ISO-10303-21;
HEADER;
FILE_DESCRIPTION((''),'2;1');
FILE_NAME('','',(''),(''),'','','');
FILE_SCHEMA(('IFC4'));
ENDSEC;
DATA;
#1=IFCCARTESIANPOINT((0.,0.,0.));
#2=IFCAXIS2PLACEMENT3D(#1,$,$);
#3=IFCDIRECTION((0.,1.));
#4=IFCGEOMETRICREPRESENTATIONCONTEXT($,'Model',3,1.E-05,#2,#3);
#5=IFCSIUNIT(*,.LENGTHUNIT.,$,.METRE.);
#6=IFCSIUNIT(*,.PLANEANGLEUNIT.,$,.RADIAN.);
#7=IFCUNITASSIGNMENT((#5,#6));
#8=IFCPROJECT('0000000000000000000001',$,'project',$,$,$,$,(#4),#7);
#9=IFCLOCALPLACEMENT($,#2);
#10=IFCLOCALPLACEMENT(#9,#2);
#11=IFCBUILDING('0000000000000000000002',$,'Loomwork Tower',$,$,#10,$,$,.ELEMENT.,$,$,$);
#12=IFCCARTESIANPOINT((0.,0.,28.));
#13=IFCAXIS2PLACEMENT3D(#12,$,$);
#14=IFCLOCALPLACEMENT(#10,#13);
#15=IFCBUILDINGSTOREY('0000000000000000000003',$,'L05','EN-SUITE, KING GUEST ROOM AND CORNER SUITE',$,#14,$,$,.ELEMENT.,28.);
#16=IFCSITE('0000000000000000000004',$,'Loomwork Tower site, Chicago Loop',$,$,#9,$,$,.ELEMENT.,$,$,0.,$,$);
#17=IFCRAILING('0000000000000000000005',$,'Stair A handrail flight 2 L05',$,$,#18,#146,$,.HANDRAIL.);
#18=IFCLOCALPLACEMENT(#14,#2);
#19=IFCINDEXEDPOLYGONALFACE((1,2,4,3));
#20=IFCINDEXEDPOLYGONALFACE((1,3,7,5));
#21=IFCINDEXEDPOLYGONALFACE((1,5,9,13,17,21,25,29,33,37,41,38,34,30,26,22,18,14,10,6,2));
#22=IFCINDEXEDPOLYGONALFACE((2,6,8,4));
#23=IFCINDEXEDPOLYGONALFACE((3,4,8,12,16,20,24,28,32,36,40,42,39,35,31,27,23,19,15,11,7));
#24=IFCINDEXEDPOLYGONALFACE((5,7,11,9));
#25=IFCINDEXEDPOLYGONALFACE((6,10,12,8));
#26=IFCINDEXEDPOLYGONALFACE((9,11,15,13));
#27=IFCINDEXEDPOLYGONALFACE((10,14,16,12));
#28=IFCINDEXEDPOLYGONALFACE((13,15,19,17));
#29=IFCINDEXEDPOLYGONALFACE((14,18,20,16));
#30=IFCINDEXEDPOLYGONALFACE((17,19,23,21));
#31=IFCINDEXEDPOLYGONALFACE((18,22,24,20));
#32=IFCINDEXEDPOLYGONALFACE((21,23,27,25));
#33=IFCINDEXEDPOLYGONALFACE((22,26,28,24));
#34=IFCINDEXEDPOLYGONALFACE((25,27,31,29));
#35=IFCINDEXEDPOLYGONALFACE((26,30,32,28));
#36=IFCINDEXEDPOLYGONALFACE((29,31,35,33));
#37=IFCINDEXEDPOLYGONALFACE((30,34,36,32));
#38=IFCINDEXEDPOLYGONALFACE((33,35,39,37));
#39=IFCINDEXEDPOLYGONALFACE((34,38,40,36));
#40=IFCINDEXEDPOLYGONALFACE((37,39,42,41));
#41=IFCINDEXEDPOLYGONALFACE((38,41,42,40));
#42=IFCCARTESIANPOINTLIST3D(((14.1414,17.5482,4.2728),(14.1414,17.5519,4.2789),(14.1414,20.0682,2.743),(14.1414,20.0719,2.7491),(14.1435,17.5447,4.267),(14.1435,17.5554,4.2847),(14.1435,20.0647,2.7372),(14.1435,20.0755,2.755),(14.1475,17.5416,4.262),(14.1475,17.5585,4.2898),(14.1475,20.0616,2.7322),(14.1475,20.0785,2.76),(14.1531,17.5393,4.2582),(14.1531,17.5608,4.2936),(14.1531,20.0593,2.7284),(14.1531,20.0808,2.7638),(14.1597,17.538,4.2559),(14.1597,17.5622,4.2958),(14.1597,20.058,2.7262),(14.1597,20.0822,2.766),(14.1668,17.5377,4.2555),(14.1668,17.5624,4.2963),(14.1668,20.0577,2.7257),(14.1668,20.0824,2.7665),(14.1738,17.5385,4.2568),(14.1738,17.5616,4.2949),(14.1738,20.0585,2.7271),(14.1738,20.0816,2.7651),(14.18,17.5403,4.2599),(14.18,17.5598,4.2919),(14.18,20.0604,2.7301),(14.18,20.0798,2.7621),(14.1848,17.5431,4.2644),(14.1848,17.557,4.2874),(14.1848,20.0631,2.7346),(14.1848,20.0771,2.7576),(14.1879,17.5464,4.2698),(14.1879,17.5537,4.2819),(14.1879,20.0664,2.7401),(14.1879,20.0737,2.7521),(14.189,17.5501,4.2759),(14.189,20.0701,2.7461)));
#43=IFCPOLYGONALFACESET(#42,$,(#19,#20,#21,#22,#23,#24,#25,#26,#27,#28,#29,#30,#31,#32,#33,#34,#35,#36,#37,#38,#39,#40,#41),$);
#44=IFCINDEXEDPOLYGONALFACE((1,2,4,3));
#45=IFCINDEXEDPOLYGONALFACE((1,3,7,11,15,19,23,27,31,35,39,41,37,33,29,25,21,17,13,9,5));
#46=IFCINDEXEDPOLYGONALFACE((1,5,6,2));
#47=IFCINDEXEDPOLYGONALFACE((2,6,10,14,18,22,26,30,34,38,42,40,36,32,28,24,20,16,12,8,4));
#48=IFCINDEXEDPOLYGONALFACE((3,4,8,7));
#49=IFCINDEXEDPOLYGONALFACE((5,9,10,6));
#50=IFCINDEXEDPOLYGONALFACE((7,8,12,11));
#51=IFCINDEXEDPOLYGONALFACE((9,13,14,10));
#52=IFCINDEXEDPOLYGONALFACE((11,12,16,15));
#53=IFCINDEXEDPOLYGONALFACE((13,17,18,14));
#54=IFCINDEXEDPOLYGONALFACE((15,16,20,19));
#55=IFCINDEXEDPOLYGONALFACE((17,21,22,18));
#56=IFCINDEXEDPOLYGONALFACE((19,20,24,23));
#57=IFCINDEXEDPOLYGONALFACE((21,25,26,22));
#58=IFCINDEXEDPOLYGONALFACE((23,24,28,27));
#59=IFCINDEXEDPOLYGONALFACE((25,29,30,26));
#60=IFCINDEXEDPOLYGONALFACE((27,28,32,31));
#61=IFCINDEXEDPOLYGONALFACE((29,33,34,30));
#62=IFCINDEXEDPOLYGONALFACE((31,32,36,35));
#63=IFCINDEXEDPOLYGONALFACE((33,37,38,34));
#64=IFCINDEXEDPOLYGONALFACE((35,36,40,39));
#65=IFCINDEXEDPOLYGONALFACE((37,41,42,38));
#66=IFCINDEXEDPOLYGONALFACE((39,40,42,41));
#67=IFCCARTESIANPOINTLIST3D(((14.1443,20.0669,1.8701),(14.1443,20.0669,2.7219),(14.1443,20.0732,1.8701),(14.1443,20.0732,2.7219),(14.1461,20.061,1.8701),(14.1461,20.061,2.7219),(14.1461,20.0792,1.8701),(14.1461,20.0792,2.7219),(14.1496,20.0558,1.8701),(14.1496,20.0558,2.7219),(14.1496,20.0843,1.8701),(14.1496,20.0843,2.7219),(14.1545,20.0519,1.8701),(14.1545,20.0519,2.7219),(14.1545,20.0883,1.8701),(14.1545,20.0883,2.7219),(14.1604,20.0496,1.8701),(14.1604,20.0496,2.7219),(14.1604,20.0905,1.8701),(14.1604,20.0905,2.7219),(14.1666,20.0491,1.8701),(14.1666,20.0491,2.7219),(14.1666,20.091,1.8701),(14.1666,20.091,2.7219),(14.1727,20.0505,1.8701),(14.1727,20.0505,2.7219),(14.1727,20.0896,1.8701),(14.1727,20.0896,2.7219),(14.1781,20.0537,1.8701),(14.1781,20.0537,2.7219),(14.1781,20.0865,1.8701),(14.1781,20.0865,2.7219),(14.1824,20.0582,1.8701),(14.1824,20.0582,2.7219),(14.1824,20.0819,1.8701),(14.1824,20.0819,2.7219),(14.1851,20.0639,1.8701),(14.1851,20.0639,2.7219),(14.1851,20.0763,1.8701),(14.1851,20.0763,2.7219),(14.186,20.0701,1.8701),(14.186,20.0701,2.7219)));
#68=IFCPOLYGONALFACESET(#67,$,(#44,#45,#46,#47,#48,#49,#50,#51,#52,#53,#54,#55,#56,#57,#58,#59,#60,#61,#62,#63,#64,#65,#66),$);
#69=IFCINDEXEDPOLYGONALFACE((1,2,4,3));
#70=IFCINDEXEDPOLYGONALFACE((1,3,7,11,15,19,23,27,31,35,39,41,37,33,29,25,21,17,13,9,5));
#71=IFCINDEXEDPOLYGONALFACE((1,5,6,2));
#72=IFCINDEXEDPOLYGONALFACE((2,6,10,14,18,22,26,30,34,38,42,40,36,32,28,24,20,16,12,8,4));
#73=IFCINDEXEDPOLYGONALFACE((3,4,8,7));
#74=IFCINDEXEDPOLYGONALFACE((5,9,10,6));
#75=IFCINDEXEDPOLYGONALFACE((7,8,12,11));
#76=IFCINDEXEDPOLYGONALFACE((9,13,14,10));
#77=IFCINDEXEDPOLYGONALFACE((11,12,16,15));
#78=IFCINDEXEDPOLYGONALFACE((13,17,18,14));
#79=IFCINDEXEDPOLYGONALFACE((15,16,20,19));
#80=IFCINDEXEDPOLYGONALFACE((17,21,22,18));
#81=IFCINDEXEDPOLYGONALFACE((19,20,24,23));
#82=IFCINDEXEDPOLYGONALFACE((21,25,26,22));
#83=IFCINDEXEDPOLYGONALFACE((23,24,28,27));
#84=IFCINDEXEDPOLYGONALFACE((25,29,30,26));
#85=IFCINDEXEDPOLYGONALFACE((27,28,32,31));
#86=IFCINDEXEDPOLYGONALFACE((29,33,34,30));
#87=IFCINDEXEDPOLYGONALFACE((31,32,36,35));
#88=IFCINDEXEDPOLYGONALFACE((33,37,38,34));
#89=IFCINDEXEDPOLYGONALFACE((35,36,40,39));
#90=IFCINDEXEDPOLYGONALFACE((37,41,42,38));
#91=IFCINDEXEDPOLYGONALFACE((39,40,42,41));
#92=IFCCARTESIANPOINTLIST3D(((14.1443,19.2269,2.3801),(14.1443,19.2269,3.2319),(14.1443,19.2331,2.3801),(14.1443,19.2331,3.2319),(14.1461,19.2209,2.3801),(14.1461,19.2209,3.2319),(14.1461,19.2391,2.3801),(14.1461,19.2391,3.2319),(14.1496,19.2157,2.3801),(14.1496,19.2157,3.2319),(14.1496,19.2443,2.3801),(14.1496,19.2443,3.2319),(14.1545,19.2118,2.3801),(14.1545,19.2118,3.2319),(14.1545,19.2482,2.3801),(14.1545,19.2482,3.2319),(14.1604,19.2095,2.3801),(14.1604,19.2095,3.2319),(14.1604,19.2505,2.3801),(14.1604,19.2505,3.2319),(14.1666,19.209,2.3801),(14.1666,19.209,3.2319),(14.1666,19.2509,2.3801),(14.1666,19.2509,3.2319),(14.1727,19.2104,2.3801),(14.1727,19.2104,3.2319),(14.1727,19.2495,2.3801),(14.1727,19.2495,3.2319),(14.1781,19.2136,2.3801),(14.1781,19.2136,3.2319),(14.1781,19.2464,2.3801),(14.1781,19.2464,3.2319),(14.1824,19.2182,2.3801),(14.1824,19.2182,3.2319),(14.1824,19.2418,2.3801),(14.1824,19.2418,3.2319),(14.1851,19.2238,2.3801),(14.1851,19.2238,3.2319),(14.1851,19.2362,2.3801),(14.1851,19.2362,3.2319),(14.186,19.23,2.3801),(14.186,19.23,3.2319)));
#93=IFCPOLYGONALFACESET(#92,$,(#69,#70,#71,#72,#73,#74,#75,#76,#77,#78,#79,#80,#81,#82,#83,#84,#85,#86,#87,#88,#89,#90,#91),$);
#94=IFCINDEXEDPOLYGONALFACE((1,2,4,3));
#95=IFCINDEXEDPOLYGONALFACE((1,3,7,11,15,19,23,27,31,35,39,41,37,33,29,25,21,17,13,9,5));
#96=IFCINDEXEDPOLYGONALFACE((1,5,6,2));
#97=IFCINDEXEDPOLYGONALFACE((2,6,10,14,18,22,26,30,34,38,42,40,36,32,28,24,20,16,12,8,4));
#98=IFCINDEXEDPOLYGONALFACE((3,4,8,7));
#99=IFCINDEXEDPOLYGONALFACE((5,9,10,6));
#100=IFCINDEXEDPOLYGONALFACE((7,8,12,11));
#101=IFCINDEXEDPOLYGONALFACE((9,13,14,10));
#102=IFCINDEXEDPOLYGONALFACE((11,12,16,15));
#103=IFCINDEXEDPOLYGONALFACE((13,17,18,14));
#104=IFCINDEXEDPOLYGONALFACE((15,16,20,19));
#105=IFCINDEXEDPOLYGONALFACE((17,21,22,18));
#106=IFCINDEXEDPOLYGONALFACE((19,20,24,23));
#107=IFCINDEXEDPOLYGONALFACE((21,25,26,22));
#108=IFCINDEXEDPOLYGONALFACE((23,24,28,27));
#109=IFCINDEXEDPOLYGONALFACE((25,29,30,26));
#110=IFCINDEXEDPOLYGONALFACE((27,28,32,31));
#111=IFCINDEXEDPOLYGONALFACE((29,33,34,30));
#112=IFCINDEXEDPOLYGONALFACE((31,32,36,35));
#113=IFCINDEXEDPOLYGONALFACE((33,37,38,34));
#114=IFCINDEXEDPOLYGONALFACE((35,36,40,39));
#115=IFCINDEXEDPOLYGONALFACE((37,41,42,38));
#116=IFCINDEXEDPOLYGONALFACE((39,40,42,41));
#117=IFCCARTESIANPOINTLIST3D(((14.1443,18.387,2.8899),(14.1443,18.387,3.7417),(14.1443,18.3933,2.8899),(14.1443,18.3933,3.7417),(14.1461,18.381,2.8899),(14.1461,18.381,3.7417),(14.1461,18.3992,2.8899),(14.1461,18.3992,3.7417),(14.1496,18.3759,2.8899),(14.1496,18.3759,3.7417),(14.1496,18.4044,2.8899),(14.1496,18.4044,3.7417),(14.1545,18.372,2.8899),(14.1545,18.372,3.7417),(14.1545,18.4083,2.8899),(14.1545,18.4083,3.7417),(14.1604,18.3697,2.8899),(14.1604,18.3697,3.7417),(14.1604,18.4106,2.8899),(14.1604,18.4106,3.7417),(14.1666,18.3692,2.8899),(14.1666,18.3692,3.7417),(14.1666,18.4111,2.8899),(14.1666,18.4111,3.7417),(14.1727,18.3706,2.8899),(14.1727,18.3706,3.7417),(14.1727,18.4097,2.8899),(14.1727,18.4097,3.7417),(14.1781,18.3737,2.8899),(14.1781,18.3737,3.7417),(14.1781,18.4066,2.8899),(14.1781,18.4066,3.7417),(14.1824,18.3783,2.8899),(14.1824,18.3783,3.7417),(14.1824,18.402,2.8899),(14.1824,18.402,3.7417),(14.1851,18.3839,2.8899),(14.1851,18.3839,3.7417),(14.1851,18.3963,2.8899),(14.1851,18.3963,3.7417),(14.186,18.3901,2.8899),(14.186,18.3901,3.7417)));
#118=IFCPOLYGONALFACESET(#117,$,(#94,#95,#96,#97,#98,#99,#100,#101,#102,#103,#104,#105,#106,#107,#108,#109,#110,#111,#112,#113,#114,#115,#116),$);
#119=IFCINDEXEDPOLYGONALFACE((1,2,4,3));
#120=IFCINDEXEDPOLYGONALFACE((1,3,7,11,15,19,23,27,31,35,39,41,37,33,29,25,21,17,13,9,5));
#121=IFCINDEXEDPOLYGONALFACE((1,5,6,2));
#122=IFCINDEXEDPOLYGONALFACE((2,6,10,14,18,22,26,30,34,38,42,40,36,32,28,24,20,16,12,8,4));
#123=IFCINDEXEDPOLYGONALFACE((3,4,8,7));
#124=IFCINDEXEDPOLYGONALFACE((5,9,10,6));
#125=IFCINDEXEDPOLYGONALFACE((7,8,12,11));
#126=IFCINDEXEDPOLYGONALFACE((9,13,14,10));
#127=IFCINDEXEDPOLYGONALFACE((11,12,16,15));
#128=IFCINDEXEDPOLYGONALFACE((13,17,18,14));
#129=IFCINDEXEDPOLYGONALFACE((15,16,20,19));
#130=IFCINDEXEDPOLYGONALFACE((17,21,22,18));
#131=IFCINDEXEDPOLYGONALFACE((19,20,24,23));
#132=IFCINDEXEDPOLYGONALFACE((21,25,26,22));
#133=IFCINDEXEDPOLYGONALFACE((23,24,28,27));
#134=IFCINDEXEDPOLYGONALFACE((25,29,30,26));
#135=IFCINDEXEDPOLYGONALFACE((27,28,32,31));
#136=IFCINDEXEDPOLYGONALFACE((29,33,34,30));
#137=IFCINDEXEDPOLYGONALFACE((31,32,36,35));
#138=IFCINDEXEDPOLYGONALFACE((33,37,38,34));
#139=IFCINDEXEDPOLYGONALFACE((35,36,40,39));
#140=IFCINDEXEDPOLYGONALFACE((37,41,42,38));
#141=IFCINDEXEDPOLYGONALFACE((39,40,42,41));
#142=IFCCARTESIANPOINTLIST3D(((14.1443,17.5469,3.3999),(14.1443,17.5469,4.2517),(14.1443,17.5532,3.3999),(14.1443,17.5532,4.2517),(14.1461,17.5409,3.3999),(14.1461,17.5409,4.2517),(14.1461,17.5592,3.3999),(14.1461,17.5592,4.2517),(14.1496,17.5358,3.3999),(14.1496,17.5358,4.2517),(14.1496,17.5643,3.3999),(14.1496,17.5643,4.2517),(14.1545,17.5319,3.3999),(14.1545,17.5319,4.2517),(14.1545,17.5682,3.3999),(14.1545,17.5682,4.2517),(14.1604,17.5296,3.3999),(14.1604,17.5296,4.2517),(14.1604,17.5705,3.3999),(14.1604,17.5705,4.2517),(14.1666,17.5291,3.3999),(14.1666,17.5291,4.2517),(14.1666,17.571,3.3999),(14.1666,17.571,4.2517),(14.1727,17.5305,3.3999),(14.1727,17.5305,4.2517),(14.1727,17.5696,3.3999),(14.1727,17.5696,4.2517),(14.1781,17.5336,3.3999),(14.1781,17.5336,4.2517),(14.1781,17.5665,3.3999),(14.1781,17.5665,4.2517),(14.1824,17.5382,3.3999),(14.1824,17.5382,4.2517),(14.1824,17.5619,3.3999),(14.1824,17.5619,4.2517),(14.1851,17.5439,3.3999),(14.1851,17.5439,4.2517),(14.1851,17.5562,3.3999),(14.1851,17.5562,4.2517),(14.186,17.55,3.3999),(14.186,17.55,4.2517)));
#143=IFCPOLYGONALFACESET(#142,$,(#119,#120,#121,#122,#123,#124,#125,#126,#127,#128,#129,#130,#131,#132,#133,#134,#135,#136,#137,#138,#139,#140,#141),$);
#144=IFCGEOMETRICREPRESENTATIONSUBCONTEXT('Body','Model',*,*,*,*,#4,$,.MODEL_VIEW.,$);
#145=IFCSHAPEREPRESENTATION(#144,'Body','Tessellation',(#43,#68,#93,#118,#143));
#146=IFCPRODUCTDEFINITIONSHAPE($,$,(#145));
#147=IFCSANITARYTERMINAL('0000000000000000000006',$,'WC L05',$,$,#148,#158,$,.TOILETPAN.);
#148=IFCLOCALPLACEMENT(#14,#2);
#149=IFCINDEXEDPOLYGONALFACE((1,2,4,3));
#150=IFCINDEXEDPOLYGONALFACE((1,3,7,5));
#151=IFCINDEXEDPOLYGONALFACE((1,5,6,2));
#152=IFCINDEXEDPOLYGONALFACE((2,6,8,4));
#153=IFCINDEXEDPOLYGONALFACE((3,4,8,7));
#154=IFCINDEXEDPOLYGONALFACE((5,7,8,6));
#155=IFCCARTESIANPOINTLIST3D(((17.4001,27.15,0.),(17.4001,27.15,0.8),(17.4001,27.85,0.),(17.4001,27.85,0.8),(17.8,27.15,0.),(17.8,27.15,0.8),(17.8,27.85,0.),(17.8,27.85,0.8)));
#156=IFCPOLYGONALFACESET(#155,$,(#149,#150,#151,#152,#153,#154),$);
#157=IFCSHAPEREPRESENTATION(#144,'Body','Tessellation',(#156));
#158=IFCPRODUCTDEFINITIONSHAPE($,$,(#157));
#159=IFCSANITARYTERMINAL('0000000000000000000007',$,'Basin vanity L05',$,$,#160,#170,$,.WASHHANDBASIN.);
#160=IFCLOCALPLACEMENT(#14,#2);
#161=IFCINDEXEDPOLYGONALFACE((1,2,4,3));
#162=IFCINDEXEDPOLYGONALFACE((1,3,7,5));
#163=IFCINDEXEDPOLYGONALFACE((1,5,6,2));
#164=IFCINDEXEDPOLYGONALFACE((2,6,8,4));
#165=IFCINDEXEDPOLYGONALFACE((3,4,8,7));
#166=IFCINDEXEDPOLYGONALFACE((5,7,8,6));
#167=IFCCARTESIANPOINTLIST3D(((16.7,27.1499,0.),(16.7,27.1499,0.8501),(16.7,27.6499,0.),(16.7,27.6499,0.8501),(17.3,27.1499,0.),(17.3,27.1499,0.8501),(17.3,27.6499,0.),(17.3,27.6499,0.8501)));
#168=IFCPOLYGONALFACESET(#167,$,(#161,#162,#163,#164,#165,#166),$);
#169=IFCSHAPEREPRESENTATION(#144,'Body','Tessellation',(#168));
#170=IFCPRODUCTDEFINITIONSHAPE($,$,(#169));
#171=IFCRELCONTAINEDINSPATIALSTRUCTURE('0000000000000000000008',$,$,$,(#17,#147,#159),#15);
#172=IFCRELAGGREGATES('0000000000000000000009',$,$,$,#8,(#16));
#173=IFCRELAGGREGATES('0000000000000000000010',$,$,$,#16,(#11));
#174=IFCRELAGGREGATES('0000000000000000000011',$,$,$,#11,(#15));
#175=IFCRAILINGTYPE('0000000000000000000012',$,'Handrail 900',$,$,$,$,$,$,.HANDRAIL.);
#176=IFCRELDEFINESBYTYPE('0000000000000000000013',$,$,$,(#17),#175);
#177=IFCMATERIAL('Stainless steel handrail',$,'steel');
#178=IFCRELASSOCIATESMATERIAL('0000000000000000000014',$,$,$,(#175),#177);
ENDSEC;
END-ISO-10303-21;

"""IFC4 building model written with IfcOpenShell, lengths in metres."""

from ifc_helpers import new_model, si_unit, direction, frame, origin, origin_2d, place, context, subcontext, project, spatial, rectangle, circle, extrude, material, type_object, element, save


model = new_model("IFC4")

# Units and contexts
model_context = context("Model", 3, precision=1e-05, world=origin(), true_north=direction((0.0, 1.0)))
body_context = subcontext(model_context, "Body", "Model", "MODEL_VIEW")
ifc_project = project(units=[si_unit("LENGTHUNIT", "METRE"), si_unit("PLANEANGLEUNIT", "RADIAN")], contexts=[model_context])

# Site, building, storey
site_placement = place(None, origin())
site = spatial("IfcSite", under=ifc_project, at=site_placement, Name="Loomwork Tower site, Chicago Loop", CompositionType="ELEMENT", RefElevation=0.0)
building_placement = place(site_placement, origin())
building = spatial("IfcBuilding", under=site, at=building_placement, Name="Loomwork Tower", CompositionType="ELEMENT")
storey_placement = place(building_placement, frame((0.0, 0.0, 28.0)))
storey = spatial("IfcBuildingStorey", under=building, at=storey_placement, Name="L05", Description="EN-SUITE, KING GUEST ROOM AND CORNER SUITE", CompositionType="ELEMENT", Elevation=28.0)

# Railing
ifc_material_1 = material(Name="Stainless steel handrail", Category="steel")
railing_type = type_object("IfcRailingType", Name="Handrail 900", PredefinedType="HANDRAIL", material=ifc_material_1)
railing_placement = place(storey_placement, frame((14.165, 20.0701, 1.8701)))
element("IfcRailing", 1, at=railing_placement, inside=storey, type_object=railing_type, Name="Stair A handrail flight 2 L05", PredefinedType="HANDRAIL", context=body_context, shape_type="SweptSolid", body=[
    extrude(circle(Radius=0.0239, at=origin_2d()), frame((0.0, 0.0, 0.876), z_axis=(0.0, -0.854822, 0.518922), x_axis=(1.0, 0.0, 0.0)), (0.0, 0.0, 1.0), 2.948),
    extrude(circle(Radius=0.021, at=origin_2d()), origin(), (0.0, 0.0, 1.0), 0.8518),
    extrude(circle(Radius=0.021, at=origin_2d()), frame((0.0, -0.8401, 0.51)), (0.0, 0.0, 1.0), 0.8518),
    extrude(circle(Radius=0.021, at=origin_2d()), frame((0.0, -1.6799, 1.0198)), (0.0, 0.0, 1.0), 0.8518),
    extrude(circle(Radius=0.021, at=origin_2d()), frame((0.0, -2.52, 1.5298)), (0.0, 0.0, 1.0), 0.8518),
])

# Sanitary terminals
sanitary_terminal_1_placement = place(storey_placement, frame((17.6001, 27.5, 0.0), z_axis=(0.0, 0.0, 1.0), x_axis=(1.0, 0.0, 0.0)))
element("IfcSanitaryTerminal", 2, at=sanitary_terminal_1_placement, inside=storey, Name="WC L05", PredefinedType="TOILETPAN", context=body_context, shape_type="SweptSolid", body=[
    extrude(rectangle(XDim=0.3999, YDim=0.7, at=origin_2d()), origin(), (0.0, 0.0, 1.0), 0.8),
])
sanitary_terminal_2_placement = place(storey_placement, frame((17.0, 27.3999, 0.0), z_axis=(0.0, 0.0, 1.0), x_axis=(1.0, 0.0, 0.0)))
element("IfcSanitaryTerminal", 3, at=sanitary_terminal_2_placement, inside=storey, Name="Basin vanity L05", PredefinedType="WASHHANDBASIN", context=body_context, shape_type="SweptSolid", body=[
    extrude(rectangle(XDim=0.6001, YDim=0.5, at=origin_2d()), origin(), (0.0, 0.0, 1.0), 0.8501),
])

save(model, "model.ifc")
